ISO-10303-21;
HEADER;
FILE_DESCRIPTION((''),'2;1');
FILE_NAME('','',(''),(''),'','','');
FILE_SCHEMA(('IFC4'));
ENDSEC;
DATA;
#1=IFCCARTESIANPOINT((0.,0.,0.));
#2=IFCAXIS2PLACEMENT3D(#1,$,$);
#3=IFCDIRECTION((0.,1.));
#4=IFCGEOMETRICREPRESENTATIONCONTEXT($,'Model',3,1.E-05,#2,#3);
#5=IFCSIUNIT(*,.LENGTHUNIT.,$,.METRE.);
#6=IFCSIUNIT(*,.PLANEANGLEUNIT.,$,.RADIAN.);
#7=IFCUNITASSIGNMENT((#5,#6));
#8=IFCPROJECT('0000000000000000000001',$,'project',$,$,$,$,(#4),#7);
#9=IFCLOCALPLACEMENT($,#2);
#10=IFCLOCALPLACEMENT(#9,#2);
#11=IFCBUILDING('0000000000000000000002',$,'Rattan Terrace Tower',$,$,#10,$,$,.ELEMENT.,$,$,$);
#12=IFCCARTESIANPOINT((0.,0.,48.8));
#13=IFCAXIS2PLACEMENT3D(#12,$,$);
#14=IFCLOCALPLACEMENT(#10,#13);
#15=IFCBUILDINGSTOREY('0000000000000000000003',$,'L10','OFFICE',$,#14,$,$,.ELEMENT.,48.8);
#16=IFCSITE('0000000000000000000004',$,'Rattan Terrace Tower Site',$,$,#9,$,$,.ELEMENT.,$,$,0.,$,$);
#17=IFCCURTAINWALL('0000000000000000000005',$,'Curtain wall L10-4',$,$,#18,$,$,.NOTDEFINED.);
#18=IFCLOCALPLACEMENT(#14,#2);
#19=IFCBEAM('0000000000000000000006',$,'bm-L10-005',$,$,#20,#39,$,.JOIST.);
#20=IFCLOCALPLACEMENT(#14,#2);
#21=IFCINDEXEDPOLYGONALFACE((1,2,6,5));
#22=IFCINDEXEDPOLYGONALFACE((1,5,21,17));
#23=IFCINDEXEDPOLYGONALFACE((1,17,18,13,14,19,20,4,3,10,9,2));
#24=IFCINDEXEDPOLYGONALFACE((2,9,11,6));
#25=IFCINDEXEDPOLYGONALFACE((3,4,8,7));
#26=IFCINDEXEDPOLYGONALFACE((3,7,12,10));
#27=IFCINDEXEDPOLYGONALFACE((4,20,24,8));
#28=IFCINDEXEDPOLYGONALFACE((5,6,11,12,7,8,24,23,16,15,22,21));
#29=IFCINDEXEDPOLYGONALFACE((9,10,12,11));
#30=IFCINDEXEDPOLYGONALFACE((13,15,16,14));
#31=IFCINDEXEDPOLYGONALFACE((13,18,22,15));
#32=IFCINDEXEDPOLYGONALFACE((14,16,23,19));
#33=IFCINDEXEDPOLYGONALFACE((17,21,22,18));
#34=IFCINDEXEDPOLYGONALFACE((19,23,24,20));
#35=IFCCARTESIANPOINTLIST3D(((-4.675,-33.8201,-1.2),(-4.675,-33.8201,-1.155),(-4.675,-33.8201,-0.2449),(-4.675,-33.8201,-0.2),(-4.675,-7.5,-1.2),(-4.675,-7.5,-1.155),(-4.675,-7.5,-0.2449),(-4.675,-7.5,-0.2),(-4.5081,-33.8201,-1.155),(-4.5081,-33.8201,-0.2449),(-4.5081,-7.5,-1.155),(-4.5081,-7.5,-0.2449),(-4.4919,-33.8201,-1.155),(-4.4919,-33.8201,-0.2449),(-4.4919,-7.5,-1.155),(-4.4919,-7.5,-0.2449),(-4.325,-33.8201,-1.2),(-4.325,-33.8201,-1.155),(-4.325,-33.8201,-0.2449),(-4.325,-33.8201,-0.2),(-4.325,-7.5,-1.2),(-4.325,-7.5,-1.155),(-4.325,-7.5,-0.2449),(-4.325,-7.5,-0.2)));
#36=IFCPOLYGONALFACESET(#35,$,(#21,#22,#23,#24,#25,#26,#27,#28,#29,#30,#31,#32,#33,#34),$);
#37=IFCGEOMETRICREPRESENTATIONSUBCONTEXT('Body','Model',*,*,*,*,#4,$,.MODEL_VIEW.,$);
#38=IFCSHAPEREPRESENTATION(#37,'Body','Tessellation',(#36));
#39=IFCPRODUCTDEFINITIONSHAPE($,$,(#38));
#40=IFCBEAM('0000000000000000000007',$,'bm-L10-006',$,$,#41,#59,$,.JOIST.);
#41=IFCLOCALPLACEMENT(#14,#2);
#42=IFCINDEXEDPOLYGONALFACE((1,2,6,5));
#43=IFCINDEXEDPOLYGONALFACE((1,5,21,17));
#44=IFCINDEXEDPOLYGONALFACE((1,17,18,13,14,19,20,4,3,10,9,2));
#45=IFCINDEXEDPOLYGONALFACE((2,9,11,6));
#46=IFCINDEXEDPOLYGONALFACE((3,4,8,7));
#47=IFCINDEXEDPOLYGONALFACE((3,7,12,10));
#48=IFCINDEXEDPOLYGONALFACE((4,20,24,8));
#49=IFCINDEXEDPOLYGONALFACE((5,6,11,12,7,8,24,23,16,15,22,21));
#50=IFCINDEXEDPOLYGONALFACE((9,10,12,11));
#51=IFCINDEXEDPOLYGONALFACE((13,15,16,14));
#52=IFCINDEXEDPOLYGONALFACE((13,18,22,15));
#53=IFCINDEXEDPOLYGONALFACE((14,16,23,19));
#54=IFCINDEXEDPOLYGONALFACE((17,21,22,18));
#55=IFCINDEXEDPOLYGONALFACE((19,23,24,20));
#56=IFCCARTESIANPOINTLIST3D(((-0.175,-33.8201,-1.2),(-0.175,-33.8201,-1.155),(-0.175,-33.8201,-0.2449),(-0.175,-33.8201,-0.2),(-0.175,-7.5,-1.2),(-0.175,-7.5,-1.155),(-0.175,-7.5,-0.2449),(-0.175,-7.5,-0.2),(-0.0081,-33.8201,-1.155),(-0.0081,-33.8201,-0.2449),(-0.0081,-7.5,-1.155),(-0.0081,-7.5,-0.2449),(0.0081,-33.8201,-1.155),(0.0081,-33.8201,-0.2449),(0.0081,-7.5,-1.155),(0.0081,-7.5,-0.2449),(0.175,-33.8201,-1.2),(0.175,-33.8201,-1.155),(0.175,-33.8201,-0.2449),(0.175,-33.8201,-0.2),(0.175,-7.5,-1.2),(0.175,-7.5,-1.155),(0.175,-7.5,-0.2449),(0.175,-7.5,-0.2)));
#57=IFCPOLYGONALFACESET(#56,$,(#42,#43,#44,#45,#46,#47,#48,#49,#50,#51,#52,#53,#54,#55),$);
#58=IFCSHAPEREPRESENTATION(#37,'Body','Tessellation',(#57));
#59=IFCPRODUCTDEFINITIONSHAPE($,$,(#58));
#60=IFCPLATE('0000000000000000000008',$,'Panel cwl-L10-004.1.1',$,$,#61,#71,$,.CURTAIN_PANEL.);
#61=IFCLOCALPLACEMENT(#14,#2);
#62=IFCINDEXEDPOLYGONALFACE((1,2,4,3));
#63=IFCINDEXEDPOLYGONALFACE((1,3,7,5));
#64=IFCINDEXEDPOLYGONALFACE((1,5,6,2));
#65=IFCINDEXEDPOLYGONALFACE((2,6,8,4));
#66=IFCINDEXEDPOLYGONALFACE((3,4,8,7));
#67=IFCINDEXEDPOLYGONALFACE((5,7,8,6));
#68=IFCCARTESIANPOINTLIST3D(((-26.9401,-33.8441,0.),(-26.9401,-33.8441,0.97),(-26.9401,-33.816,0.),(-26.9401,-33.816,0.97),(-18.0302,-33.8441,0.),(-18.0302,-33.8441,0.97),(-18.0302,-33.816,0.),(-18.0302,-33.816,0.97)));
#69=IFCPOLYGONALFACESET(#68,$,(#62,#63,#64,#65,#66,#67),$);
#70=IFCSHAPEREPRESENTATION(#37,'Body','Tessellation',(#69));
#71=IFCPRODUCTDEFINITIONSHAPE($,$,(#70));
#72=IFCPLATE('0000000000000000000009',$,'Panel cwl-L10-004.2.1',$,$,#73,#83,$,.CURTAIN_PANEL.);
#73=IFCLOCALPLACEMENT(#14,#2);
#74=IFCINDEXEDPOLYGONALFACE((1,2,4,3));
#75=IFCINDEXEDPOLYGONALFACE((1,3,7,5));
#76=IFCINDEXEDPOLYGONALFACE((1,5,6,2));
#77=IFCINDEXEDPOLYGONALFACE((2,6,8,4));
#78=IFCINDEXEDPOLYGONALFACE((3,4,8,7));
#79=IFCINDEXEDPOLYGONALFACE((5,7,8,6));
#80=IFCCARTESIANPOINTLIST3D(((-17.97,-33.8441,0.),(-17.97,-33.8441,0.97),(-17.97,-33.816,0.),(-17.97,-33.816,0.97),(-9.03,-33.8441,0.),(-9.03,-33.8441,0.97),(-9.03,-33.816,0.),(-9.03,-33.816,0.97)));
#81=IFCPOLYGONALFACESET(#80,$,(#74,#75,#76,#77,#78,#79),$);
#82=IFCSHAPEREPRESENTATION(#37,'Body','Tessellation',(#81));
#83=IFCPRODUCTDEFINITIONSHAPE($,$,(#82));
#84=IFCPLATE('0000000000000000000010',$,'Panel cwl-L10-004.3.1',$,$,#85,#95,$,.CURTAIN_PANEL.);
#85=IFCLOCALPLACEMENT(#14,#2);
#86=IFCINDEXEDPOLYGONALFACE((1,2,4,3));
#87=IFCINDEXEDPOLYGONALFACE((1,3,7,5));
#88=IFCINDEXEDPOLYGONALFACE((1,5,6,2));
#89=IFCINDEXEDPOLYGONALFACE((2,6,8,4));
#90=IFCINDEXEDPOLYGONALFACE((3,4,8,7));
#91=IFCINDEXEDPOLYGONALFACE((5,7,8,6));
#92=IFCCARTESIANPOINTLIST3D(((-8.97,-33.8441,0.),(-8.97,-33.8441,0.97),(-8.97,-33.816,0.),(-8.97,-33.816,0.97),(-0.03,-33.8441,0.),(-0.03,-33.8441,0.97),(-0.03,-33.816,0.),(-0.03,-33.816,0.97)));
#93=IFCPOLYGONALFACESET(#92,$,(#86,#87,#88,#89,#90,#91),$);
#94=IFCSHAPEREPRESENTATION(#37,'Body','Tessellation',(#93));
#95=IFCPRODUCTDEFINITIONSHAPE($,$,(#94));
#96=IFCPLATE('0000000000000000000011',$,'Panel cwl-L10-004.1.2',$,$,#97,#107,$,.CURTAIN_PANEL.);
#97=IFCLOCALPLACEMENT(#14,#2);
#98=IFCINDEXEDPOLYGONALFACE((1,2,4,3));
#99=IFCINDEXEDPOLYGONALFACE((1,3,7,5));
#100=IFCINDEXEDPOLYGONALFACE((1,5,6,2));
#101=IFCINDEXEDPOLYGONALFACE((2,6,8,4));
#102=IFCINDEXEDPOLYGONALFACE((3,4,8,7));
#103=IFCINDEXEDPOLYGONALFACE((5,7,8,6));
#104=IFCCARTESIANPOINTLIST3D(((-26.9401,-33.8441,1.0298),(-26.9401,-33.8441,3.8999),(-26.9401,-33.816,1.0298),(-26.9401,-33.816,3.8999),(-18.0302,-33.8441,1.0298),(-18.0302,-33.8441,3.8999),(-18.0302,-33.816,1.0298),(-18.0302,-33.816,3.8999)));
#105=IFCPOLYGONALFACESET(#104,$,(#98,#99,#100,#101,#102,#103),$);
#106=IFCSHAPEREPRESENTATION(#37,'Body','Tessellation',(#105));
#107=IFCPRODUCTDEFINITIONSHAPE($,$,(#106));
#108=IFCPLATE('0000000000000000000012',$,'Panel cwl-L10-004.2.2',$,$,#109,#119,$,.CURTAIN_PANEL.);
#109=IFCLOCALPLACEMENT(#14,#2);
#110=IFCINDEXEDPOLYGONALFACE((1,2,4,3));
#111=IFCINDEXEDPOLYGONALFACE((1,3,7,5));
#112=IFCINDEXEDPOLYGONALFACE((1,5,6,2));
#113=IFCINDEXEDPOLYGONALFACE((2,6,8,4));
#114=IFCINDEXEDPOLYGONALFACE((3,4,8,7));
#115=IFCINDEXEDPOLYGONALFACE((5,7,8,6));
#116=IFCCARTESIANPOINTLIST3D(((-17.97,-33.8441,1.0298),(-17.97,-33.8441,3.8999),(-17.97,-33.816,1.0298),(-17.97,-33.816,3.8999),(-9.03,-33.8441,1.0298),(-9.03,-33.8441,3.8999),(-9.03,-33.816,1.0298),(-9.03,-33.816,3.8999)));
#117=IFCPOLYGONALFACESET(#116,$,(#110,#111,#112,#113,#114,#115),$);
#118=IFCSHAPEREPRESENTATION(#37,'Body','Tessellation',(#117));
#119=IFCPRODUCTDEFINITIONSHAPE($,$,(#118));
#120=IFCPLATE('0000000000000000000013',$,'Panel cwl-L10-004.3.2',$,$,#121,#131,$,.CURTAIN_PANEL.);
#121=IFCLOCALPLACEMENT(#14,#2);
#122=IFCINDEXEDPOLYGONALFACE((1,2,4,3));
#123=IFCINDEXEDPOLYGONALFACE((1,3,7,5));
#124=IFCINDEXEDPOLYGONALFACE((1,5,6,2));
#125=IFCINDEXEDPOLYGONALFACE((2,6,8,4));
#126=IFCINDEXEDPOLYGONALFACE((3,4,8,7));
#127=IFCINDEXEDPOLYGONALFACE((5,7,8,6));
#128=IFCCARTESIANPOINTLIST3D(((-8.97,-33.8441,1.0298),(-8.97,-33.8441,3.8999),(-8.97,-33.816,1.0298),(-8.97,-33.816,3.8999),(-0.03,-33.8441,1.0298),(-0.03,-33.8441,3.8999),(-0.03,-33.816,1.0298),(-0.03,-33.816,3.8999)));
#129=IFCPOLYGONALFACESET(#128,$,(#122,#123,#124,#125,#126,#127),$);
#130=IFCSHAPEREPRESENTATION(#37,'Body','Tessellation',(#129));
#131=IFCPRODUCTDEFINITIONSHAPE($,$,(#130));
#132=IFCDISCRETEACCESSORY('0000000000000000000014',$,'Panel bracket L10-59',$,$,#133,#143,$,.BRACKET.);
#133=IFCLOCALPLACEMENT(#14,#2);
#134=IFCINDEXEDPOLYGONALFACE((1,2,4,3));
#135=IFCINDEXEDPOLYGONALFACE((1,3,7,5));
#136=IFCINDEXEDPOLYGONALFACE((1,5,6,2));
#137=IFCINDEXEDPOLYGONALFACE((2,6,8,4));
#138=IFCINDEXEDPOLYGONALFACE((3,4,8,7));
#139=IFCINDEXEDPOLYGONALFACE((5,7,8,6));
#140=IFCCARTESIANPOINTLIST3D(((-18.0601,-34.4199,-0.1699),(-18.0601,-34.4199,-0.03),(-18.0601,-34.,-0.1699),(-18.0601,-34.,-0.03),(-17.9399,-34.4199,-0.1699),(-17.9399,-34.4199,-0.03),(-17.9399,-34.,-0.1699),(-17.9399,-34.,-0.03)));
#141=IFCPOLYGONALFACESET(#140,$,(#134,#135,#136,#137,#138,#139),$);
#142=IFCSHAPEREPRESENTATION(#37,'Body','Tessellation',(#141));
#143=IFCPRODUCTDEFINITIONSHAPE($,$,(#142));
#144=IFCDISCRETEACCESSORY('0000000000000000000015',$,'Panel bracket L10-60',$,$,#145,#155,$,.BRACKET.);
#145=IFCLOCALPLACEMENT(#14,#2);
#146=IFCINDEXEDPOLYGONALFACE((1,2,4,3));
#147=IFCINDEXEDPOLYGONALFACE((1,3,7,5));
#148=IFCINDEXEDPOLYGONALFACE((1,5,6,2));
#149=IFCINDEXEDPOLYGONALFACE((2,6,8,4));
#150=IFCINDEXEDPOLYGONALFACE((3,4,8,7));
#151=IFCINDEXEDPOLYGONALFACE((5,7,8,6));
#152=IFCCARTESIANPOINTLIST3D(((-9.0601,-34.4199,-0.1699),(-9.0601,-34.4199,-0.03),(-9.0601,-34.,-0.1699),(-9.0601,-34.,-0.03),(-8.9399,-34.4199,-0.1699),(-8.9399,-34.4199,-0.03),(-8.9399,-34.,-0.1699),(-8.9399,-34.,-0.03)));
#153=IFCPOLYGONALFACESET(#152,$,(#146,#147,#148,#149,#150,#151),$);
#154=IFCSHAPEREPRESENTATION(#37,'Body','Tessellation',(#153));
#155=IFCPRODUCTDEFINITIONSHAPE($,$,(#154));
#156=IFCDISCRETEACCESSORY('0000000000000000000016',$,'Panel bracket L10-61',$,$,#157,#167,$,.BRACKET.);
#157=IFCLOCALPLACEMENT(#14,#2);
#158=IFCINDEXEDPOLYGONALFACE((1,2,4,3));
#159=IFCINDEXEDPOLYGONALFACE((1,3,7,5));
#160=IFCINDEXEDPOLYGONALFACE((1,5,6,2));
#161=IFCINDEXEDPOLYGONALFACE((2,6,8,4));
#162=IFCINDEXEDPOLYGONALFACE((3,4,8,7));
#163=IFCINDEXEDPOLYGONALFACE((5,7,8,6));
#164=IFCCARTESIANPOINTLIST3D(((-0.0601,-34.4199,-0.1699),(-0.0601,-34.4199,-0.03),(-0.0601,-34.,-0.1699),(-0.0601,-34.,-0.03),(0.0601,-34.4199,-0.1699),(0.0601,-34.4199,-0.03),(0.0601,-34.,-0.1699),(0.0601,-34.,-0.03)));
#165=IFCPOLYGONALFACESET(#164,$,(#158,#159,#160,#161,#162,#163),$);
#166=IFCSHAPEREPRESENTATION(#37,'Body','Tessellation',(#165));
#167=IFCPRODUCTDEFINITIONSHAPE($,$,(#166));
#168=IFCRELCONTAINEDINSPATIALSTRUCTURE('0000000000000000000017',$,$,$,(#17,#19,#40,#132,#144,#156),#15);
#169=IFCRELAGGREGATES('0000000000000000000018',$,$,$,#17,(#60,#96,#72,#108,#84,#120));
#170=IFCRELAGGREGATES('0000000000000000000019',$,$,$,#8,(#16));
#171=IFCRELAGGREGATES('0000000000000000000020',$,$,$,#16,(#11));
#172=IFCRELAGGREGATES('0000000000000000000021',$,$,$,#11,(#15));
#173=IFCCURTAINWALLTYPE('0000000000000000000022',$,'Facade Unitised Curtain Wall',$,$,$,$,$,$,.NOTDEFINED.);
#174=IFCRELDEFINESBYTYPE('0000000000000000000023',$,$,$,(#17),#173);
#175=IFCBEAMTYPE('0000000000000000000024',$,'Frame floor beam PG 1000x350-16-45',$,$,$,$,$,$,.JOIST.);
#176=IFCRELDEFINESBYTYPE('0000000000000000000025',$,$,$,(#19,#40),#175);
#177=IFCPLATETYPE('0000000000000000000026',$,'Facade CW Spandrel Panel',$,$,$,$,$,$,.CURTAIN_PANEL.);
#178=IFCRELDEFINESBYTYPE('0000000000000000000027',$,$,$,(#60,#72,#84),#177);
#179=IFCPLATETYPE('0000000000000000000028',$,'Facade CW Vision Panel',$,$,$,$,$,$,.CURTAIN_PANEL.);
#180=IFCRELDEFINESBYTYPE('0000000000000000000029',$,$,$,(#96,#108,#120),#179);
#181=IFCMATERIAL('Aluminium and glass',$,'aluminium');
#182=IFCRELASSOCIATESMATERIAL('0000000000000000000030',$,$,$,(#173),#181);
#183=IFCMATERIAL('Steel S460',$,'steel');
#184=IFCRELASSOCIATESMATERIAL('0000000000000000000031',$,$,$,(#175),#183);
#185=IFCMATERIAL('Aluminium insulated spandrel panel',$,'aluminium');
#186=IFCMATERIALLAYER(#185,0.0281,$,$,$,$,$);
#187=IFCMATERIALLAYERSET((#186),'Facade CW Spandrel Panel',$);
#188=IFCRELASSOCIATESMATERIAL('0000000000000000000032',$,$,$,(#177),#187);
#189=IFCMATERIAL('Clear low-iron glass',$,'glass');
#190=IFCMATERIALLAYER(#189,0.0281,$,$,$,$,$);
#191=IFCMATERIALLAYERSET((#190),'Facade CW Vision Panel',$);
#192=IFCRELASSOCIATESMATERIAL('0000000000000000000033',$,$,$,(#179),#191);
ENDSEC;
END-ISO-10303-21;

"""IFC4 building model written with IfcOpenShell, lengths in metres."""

from ifc_helpers import new_model, si_unit, direction, frame, origin, origin_2d, place, context, subcontext, project, spatial, rectangle, i_section, extrude, material, layer, layer_set, material_profile, profile_set, type_object, element, aggregate, save


model = new_model("IFC4")

# Units and contexts
model_context = context("Model", 3, precision=1e-05, world=origin(), true_north=direction((0.0, 1.0)))
body_context = subcontext(model_context, "Body", "Model", "MODEL_VIEW")
ifc_project = project(units=[si_unit("LENGTHUNIT", "METRE"), si_unit("PLANEANGLEUNIT", "RADIAN")], contexts=[model_context])

# Site, building, storey
site_placement = place(None, origin())
site = spatial("IfcSite", under=ifc_project, at=site_placement, Name="Rattan Terrace Tower Site", CompositionType="ELEMENT", RefElevation=0.0)
building_placement = place(site_placement, origin())
building = spatial("IfcBuilding", under=site, at=building_placement, Name="Rattan Terrace Tower", CompositionType="ELEMENT")
storey_placement = place(building_placement, frame((0.0, 0.0, 48.8)))
storey = spatial("IfcBuildingStorey", under=building, at=storey_placement, Name="L10", Description="OFFICE", CompositionType="ELEMENT", Elevation=48.8)

# Curtain wall
ifc_material_1 = material(Name="Aluminium and glass", Category="aluminium")
curtain_wall_type = type_object("IfcCurtainWallType", Name="Facade Unitised Curtain Wall", PredefinedType="NOTDEFINED", material=ifc_material_1)
curtain_wall_placement = place(storey_placement, origin())
curtain_wall = element("IfcCurtainWall", 1, at=curtain_wall_placement, inside=storey, type_object=curtain_wall_type, Name="Curtain wall L10-4", PredefinedType="NOTDEFINED")

# Beams
ifc_material_2 = material(Name="Steel S460", Category="steel")
ifc_material_profile_1 = material_profile(ifc_material_2, i_section(OverallWidth=0.3501, OverallDepth=1.0, WebThickness=0.0161, FlangeThickness=0.0449, at=origin_2d()), Name="PG 1000x350-16-45")
ifc_profile_set_1 = profile_set([ifc_material_profile_1], Name="Steel S460")
beam_type_1 = type_object("IfcBeamType", Name="Frame floor beam PG 1000x350-16-45", PredefinedType="JOIST", material=ifc_profile_set_1)
for number, where, z_axis, x_axis, name in (
    (2, (-4.5, -33.8201, -0.7), (0.0, 1.0, 0.0), (-1.0, 0.0, 0.0), "bm-L10-005"),
    (3, (0.0, -33.8201, -0.7), (0.0, 1.0, 0.0), (-1.0, 0.0, 0.0), "bm-L10-006"),
):
    element("IfcBeam", number, at=place(storey_placement, frame(where, z_axis=z_axis, x_axis=x_axis)), inside=storey, type_object=beam_type_1, Name=name, PredefinedType="JOIST", context=body_context, shape_type="SweptSolid", body=[
        extrude(i_section(OverallWidth=0.3501, OverallDepth=1.0, WebThickness=0.0161, FlangeThickness=0.0449, at=origin_2d()), origin(), (0.0, 0.0, 1.0), 26.3201),
    ])

# Plates
ifc_material_3 = material(Name="Aluminium insulated spandrel panel", Category="aluminium")
ifc_layer_1 = layer(ifc_material_3, 0.0281)
ifc_layer_set_1 = layer_set([ifc_layer_1], Name="Facade CW Spandrel Panel")
plate_type_1 = type_object("IfcPlateType", Name="Facade CW Spandrel Panel", PredefinedType="CURTAIN_PANEL", material=ifc_layer_set_1)
plate_1_placement = place(storey_placement, frame((-22.4851, -33.8301, 0.0), z_axis=(0.0, 0.0, 1.0), x_axis=(1.0, 0.0, 0.0)))
plate_1 = element("IfcPlate", 4, at=plate_1_placement, type_object=plate_type_1, Name="Panel cwl-L10-004.1.1", PredefinedType="CURTAIN_PANEL", context=body_context, shape_type="SweptSolid", body=[
    extrude(rectangle(XDim=8.9099, YDim=0.0281, at=origin_2d()), origin(), (0.0, 0.0, 1.0), 0.97),
])
plate_2_placement = place(storey_placement, frame((-13.5, -33.8301, 0.0), z_axis=(0.0, 0.0, 1.0), x_axis=(1.0, 0.0, 0.0)))
plate_2 = element("IfcPlate", 5, at=plate_2_placement, type_object=plate_type_1, Name="Panel cwl-L10-004.2.1", PredefinedType="CURTAIN_PANEL", context=body_context, shape_type="SweptSolid", body=[
    extrude(rectangle(XDim=8.9399, YDim=0.0281, at=origin_2d()), origin(), (0.0, 0.0, 1.0), 0.97),
])
plate_3_placement = place(storey_placement, frame((-4.5, -33.8301, 0.0), z_axis=(0.0, 0.0, 1.0), x_axis=(1.0, 0.0, 0.0)))
plate_3 = element("IfcPlate", 6, at=plate_3_placement, type_object=plate_type_1, Name="Panel cwl-L10-004.3.1", PredefinedType="CURTAIN_PANEL", context=body_context, shape_type="SweptSolid", body=[
    extrude(rectangle(XDim=8.9399, YDim=0.0281, at=origin_2d()), origin(), (0.0, 0.0, 1.0), 0.97),
])
ifc_material_4 = material(Name="Clear low-iron glass", Category="glass")
ifc_layer_2 = layer(ifc_material_4, 0.0281)
ifc_layer_set_2 = layer_set([ifc_layer_2], Name="Facade CW Vision Panel")
plate_type_2 = type_object("IfcPlateType", Name="Facade CW Vision Panel", PredefinedType="CURTAIN_PANEL", material=ifc_layer_set_2)
plate_4_placement = place(storey_placement, frame((-22.4851, -33.8301, 1.0298), z_axis=(0.0, 0.0, 1.0), x_axis=(1.0, 0.0, 0.0)))
plate_4 = element("IfcPlate", 7, at=plate_4_placement, type_object=plate_type_2, Name="Panel cwl-L10-004.1.2", PredefinedType="CURTAIN_PANEL", context=body_context, shape_type="SweptSolid", body=[
    extrude(rectangle(XDim=8.9099, YDim=0.0281, at=origin_2d()), origin(), (0.0, 0.0, 1.0), 2.8701),
])
plate_5_placement = place(storey_placement, frame((-13.5, -33.8301, 1.0298), z_axis=(0.0, 0.0, 1.0), x_axis=(1.0, 0.0, 0.0)))
plate_5 = element("IfcPlate", 8, at=plate_5_placement, type_object=plate_type_2, Name="Panel cwl-L10-004.2.2", PredefinedType="CURTAIN_PANEL", context=body_context, shape_type="SweptSolid", body=[
    extrude(rectangle(XDim=8.9399, YDim=0.0281, at=origin_2d()), origin(), (0.0, 0.0, 1.0), 2.8701),
])
plate_6_placement = place(storey_placement, frame((-4.5, -33.8301, 1.0298), z_axis=(0.0, 0.0, 1.0), x_axis=(1.0, 0.0, 0.0)))
plate_6 = element("IfcPlate", 9, at=plate_6_placement, type_object=plate_type_2, Name="Panel cwl-L10-004.3.2", PredefinedType="CURTAIN_PANEL", context=body_context, shape_type="SweptSolid", body=[
    extrude(rectangle(XDim=8.9399, YDim=0.0281, at=origin_2d()), origin(), (0.0, 0.0, 1.0), 2.8701),
])
aggregate(curtain_wall, [plate_1, plate_4, plate_2, plate_5, plate_3, plate_6])

# Discrete accessories
for number, where, z_axis, x_axis, name in (
    (10, (-18.0, -34.21, -0.1699), (0.0, 0.0, 1.0), (1.0, 0.0, 0.0), "Panel bracket L10-59"),
    (11, (-9.0, -34.21, -0.1699), (0.0, 0.0, 1.0), (1.0, 0.0, 0.0), "Panel bracket L10-60"),
    (12, (0.0, -34.21, -0.1699), (0.0, 0.0, 1.0), (1.0, 0.0, 0.0), "Panel bracket L10-61"),
):
    element("IfcDiscreteAccessory", number, at=place(storey_placement, frame(where, z_axis=z_axis, x_axis=x_axis)), inside=storey, Name=name, PredefinedType="BRACKET", context=body_context, shape_type="SweptSolid", body=[
        extrude(rectangle(XDim=0.1201, YDim=0.4199, at=origin_2d()), origin(), (0.0, 0.0, 1.0), 0.1399),
    ])

save(model, "model.ifc")
